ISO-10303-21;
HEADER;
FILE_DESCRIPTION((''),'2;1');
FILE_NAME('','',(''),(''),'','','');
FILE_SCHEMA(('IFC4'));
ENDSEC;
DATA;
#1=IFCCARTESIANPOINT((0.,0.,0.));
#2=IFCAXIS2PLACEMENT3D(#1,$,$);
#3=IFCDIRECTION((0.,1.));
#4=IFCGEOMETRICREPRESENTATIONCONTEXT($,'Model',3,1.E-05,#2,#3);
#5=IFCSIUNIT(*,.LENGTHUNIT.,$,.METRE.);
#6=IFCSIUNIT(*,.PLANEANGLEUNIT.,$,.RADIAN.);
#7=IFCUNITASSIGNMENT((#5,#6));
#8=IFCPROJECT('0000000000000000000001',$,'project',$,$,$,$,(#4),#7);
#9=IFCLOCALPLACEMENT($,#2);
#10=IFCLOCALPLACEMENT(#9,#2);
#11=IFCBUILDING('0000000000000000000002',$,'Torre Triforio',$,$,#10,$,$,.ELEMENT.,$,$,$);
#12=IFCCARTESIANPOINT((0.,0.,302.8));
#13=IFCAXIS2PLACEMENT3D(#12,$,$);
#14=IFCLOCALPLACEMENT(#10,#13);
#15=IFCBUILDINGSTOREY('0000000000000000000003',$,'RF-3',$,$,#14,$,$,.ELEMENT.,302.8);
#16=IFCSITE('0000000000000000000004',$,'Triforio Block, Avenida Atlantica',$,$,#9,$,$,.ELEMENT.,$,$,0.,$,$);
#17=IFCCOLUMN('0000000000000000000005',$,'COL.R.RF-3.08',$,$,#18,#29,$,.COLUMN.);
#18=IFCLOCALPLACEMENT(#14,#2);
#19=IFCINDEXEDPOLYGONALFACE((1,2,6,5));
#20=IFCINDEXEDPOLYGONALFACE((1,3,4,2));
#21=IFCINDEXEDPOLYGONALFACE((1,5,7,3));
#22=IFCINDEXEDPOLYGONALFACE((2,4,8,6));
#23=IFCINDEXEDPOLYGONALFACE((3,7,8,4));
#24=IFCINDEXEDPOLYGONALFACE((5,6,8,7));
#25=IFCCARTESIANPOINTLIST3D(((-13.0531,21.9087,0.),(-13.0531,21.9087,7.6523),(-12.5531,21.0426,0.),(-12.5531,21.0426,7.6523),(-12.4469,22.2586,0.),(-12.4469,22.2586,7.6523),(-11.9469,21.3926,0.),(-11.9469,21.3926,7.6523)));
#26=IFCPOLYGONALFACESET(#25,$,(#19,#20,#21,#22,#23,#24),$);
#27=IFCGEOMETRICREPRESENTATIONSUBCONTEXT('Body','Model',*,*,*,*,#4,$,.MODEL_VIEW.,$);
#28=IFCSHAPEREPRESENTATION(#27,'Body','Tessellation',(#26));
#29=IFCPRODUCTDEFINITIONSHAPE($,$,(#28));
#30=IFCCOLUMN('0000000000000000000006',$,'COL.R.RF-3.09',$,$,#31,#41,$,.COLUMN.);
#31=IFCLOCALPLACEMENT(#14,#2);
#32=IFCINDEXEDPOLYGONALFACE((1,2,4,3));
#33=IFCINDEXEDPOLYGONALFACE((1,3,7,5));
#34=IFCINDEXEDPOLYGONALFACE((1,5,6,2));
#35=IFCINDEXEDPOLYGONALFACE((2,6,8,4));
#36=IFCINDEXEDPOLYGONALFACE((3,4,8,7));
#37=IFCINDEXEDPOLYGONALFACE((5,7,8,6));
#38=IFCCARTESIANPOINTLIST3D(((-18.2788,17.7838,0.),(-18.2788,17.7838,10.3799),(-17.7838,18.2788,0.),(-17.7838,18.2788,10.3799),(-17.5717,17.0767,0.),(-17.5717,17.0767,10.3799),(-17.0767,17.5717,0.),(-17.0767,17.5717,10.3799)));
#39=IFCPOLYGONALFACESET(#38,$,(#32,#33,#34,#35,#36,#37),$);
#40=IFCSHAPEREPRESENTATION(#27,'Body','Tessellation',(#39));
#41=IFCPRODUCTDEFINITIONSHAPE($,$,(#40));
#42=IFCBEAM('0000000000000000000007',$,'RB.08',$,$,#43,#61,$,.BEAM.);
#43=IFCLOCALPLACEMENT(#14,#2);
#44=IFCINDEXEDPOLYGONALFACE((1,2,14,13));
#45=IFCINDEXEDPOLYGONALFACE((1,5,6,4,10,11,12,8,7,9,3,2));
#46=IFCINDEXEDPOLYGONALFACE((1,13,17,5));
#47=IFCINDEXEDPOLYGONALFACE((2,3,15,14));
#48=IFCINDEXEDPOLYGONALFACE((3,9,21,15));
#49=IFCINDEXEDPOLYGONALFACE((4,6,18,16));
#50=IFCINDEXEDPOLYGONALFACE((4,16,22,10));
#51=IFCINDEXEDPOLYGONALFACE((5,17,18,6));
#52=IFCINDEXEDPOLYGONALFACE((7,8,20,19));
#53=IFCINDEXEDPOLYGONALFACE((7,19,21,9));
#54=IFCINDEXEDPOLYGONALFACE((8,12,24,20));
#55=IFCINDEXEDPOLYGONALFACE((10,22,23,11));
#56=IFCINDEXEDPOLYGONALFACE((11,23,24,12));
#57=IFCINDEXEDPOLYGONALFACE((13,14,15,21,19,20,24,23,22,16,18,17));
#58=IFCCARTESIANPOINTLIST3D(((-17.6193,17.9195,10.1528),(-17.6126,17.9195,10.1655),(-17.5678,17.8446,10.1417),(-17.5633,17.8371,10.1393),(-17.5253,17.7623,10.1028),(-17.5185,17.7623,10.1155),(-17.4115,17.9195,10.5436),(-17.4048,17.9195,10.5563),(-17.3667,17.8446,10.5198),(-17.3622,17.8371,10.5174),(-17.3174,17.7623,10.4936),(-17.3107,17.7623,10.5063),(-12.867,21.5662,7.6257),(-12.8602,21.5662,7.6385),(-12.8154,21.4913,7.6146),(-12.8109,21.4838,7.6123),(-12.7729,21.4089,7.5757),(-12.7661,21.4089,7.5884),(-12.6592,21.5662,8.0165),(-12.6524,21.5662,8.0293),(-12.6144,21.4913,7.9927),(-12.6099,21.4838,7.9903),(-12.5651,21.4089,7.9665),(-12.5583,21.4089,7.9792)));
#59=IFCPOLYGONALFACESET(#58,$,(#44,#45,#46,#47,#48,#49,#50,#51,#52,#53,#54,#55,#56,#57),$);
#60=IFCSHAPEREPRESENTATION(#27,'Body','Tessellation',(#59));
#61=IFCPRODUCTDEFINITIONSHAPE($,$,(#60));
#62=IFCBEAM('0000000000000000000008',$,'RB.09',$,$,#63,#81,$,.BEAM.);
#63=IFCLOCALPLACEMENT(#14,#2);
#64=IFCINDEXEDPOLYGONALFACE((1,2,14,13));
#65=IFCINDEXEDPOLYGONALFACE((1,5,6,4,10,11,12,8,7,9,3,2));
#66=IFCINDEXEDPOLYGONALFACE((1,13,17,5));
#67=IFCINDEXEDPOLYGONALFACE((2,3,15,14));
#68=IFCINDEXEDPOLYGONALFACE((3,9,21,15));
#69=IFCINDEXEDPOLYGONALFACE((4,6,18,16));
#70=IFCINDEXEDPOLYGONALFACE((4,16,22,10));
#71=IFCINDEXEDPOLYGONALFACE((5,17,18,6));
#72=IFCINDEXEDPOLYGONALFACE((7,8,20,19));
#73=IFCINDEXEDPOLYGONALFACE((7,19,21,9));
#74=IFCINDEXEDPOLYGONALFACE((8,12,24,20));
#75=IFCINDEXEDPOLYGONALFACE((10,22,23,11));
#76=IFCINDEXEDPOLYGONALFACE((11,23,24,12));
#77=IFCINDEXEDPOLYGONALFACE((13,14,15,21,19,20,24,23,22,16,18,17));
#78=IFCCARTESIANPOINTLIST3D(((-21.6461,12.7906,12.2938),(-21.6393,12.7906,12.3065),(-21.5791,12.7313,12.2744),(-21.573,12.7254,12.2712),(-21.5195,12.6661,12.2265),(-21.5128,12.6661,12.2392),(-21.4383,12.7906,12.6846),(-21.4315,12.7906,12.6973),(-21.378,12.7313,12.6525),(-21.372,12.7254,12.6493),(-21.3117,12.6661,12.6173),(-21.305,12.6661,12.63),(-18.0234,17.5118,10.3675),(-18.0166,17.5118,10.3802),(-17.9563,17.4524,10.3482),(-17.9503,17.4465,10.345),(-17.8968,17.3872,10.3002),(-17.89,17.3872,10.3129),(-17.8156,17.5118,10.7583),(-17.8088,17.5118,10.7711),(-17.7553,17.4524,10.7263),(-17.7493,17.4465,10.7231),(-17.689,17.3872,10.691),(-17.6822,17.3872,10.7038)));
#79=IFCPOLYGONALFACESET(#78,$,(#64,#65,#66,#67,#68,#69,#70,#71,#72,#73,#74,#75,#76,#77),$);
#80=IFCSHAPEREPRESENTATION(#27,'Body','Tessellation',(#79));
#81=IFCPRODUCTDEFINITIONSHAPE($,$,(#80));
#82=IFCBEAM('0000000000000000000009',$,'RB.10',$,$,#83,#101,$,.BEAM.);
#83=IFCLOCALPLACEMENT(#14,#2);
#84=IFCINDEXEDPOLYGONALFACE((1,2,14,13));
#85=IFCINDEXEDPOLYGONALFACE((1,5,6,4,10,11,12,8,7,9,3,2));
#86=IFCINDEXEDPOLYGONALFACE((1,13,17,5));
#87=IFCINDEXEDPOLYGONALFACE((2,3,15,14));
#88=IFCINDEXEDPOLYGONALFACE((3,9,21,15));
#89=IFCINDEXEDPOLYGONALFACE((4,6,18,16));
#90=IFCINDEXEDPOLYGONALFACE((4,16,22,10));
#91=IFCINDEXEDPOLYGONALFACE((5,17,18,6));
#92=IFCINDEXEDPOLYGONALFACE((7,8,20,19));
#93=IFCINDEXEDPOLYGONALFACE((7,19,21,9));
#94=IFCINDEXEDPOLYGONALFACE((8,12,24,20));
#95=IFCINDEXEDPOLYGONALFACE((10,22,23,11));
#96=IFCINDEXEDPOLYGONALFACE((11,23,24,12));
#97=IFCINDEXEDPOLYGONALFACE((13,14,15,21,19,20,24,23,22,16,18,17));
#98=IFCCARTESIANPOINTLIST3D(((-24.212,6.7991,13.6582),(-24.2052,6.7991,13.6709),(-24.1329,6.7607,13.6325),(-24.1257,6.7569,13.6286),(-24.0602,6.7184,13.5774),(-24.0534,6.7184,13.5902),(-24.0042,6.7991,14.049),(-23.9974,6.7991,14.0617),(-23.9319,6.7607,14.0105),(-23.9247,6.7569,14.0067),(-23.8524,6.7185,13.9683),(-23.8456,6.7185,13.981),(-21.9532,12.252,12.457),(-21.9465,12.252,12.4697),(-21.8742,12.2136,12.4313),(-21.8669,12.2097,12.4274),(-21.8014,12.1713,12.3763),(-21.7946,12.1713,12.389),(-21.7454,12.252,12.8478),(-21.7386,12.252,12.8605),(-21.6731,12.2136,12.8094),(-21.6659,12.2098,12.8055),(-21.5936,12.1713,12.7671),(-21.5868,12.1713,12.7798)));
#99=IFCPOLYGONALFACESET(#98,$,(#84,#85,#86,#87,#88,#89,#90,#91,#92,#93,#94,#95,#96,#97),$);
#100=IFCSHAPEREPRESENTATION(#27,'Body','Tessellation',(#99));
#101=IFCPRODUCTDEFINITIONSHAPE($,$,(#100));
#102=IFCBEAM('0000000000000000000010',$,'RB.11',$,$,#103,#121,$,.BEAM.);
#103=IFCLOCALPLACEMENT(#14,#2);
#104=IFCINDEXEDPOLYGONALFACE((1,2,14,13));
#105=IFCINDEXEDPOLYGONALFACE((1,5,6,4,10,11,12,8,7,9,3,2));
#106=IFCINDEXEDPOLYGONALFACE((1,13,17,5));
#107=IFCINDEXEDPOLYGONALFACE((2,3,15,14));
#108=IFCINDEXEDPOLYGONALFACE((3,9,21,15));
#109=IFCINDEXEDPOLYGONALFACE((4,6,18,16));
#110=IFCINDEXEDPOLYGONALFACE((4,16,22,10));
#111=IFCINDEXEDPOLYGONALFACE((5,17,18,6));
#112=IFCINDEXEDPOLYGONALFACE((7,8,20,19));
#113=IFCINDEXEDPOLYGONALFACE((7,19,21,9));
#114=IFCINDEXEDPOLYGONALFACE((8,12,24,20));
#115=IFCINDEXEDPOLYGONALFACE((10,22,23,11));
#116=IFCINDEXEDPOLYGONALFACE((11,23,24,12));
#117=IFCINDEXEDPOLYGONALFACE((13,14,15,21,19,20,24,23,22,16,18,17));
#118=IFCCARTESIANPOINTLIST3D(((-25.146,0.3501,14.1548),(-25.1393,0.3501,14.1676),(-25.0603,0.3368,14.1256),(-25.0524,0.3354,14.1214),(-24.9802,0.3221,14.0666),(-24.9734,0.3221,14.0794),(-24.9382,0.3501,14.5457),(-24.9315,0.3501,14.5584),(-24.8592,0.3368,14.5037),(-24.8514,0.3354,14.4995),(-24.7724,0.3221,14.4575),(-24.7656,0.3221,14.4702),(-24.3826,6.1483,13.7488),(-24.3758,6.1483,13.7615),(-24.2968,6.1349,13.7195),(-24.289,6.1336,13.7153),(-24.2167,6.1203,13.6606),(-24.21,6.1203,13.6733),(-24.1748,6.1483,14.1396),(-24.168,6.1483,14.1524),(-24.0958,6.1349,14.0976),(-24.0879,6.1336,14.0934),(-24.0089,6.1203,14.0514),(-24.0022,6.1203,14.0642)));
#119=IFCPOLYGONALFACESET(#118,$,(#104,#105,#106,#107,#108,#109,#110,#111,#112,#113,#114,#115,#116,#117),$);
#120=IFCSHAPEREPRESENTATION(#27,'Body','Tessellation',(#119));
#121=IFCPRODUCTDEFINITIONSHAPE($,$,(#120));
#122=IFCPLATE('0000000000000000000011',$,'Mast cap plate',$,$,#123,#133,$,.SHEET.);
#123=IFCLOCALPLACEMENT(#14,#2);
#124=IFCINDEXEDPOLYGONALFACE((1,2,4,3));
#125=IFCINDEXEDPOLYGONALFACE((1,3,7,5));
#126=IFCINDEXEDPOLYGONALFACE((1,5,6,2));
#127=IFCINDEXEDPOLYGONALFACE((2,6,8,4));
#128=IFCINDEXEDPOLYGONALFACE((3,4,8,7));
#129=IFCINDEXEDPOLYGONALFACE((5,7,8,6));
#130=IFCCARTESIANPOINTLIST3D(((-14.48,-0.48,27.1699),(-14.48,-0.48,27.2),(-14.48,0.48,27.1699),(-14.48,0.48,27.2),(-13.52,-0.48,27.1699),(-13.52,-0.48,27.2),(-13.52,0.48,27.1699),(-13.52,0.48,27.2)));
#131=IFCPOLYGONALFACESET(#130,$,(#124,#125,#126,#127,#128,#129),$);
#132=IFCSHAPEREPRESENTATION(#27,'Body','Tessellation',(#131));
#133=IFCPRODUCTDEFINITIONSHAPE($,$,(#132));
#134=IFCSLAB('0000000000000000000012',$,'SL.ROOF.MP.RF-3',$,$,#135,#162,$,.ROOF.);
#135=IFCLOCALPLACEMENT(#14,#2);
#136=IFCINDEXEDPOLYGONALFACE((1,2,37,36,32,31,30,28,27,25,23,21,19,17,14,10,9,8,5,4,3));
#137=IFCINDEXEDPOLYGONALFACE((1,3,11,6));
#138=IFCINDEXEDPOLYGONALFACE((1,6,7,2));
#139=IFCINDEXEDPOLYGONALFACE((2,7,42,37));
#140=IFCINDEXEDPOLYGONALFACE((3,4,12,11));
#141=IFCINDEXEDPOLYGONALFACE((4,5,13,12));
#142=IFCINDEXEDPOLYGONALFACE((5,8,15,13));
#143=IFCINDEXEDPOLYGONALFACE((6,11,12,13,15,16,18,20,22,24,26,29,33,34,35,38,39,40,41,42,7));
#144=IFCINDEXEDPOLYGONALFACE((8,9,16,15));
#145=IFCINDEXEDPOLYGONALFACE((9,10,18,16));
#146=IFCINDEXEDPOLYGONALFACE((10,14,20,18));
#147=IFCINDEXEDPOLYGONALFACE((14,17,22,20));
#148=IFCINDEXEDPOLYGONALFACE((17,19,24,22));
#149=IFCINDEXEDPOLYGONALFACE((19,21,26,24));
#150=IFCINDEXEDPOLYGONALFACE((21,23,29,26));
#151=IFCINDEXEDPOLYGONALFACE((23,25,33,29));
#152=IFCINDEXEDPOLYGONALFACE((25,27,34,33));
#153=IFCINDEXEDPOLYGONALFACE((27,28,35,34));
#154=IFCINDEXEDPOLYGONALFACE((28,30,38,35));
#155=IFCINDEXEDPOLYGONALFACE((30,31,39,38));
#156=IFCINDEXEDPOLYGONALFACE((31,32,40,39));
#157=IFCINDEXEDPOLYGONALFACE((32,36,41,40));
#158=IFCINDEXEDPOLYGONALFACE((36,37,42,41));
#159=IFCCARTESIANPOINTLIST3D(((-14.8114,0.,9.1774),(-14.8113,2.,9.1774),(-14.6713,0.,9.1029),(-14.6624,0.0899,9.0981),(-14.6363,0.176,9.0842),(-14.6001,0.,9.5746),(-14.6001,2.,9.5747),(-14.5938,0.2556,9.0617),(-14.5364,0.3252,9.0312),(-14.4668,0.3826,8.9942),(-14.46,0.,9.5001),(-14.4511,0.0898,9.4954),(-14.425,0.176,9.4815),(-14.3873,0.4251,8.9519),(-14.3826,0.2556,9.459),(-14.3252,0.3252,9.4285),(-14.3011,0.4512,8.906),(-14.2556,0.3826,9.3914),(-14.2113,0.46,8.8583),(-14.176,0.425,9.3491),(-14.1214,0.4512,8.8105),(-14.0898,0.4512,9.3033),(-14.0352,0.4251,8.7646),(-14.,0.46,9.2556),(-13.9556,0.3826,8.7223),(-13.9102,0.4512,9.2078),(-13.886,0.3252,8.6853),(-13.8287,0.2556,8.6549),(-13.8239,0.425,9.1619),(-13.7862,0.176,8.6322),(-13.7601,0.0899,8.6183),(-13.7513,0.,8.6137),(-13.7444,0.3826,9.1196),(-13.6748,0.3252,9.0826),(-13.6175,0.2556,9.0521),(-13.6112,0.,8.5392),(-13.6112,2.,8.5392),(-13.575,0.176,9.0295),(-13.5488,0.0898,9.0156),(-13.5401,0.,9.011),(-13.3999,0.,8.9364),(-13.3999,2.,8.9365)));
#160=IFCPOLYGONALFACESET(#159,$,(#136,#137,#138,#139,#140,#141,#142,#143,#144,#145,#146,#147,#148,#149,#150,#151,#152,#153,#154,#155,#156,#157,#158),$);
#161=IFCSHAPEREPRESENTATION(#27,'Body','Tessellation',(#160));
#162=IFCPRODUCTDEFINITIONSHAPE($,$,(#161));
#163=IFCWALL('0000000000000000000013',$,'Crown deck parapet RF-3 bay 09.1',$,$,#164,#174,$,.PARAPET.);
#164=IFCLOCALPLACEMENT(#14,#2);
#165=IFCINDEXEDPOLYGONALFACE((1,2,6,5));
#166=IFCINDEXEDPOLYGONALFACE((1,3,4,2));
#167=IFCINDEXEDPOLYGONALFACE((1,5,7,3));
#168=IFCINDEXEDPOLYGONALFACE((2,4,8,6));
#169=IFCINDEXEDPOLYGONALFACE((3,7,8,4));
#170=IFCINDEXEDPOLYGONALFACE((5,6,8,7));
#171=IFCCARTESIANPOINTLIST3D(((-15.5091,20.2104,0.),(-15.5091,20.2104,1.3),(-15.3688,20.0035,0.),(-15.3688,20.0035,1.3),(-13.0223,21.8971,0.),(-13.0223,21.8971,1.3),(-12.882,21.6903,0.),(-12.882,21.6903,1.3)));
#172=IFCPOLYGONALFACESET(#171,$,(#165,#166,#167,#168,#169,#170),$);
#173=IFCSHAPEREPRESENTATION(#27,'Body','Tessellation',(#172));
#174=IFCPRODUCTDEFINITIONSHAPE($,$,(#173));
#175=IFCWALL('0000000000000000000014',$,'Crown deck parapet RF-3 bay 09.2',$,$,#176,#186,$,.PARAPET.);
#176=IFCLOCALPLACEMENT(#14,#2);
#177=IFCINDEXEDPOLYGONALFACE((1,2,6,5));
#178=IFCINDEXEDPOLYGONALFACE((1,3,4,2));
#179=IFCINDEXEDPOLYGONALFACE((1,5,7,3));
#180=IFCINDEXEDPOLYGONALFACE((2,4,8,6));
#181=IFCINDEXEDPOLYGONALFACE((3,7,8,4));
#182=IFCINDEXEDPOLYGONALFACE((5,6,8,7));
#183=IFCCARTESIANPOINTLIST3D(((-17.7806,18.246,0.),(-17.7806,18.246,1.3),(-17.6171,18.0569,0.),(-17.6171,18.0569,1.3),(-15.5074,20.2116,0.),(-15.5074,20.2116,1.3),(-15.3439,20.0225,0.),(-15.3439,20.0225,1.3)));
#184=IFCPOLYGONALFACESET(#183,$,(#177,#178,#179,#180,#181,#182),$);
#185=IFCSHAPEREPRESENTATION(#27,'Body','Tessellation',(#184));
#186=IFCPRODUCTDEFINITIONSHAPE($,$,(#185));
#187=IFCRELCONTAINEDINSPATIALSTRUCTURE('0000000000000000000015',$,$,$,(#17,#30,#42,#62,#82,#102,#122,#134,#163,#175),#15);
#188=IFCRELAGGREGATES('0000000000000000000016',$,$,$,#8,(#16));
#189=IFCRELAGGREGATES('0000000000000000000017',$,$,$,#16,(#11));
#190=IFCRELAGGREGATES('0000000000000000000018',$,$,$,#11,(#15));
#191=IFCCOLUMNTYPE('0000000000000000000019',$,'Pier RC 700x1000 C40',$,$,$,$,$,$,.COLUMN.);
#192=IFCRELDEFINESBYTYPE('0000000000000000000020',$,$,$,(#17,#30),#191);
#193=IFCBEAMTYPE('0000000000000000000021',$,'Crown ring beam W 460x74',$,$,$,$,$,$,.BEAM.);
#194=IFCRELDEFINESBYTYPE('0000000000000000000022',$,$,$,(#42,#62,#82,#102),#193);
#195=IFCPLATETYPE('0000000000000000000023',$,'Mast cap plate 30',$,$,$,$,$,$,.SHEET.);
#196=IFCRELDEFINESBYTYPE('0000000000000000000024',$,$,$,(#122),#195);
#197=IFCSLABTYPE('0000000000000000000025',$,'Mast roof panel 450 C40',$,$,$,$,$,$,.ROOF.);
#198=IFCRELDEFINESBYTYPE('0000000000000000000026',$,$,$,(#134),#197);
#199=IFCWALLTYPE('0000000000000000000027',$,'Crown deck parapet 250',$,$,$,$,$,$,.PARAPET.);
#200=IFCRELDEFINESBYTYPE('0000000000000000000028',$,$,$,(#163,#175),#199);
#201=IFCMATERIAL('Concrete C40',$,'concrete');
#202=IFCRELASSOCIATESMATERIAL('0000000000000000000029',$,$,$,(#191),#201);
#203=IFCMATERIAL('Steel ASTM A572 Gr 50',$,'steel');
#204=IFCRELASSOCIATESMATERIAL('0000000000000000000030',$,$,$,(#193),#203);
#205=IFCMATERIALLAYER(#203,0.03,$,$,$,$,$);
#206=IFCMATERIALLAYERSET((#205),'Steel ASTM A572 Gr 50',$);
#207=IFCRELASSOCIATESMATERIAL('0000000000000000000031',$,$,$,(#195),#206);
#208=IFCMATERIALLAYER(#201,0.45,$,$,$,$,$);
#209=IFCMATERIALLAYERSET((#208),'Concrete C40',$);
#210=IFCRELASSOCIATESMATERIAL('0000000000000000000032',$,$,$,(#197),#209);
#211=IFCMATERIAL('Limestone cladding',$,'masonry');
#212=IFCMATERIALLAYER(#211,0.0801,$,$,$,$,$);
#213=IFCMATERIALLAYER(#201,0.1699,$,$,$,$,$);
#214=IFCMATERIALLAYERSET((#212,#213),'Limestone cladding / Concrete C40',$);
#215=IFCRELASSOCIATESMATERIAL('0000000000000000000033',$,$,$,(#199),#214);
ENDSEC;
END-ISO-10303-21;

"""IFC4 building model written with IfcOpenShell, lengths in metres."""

from ifc_helpers import new_model, si_unit, direction, frame, frame_2d, origin, origin_2d, place, context, subcontext, project, spatial, polyline, rectangle, i_section, outline, extrude, material, layer, layer_set, material_profile, profile_set, type_object, element, save


model = new_model("IFC4")

# Units and contexts
model_context = context("Model", 3, precision=1e-05, world=origin(), true_north=direction((0.0, 1.0)))
body_context = subcontext(model_context, "Body", "Model", "MODEL_VIEW")
ifc_project = project(units=[si_unit("LENGTHUNIT", "METRE"), si_unit("PLANEANGLEUNIT", "RADIAN")], contexts=[model_context])

# Site, building, storey
site_placement = place(None, origin())
site = spatial("IfcSite", under=ifc_project, at=site_placement, Name="Triforio Block, Avenida Atlantica", CompositionType="ELEMENT", RefElevation=0.0)
building_placement = place(site_placement, origin())
building = spatial("IfcBuilding", under=site, at=building_placement, Name="Torre Triforio", CompositionType="ELEMENT")
storey_placement = place(building_placement, frame((0.0, 0.0, 302.8)))
storey = spatial("IfcBuildingStorey", under=building, at=storey_placement, Name="RF-3", CompositionType="ELEMENT", Elevation=302.8)

# Columns
ifc_material_1 = material(Name="Concrete C40", Category="concrete")
ifc_material_profile_1 = material_profile(ifc_material_1, rectangle(XDim=0.7, YDim=1.0, at=origin_2d()), Name="RC 700x1000")
ifc_profile_set_1 = profile_set([ifc_material_profile_1], Name="Concrete C40")
column_type = type_object("IfcColumnType", Name="Pier RC 700x1000 C40", PredefinedType="COLUMN", material=ifc_profile_set_1)
column_1_placement = place(storey_placement, frame((-12.5, 21.6506, 0.0), z_axis=(0.0, 0.0, 1.0), x_axis=(-0.866025, -0.5, 0.0)))
element("IfcColumn", 1, at=column_1_placement, inside=storey, type_object=column_type, Name="COL.R.RF-3.08", PredefinedType="COLUMN", context=body_context, shape_type="SweptSolid", body=[
    extrude(rectangle(XDim=0.7, YDim=1.0, at=origin_2d()), origin(), (0.0, 0.0, 1.0), 7.6523),
])
column_2_placement = place(storey_placement, frame((-17.6777, 17.6777, 0.0), z_axis=(0.0, 0.0, 1.0), x_axis=(-0.707107, -0.707107, 0.0)))
element("IfcColumn", 2, at=column_2_placement, inside=storey, type_object=column_type, Name="COL.R.RF-3.09", PredefinedType="COLUMN", context=body_context, shape_type="SweptSolid", body=[
    extrude(rectangle(XDim=0.7, YDim=1.0, at=origin_2d()), origin(), (0.0, 0.0, 1.0), 10.3799),
])

# Beams
ifc_material_2 = material(Name="Steel ASTM A572 Gr 50", Category="steel")
ifc_material_profile_2 = material_profile(ifc_material_2, i_section(OverallWidth=0.1899, OverallDepth=0.457, WebThickness=0.009, FlangeThickness=0.0144, at=origin_2d()), Name="W 460x74")
ifc_profile_set_2 = profile_set([ifc_material_profile_2], Name="Steel ASTM A572 Gr 50")
beam_type = type_object("IfcBeamType", Name="Crown ring beam W 460x74", PredefinedType="BEAM", material=ifc_profile_set_2)
beam_1_placement = place(storey_placement, frame((-12.7126, 21.4875, 7.8025), z_axis=(-0.730967, -0.560899, 0.38869), x_axis=(0.495245, -0.827884, -0.263324)))
element("IfcBeam", 3, at=beam_1_placement, inside=storey, type_object=beam_type, Name="RB.08", PredefinedType="BEAM", context=body_context, shape_type="SweptSolid", body=[
    extrude(i_section(OverallWidth=0.1899, OverallDepth=0.457, WebThickness=0.009, FlangeThickness=0.0144, at=origin_2d()), origin(), (0.0, 0.0, 1.0), 6.5015),
])
beam_2_placement = place(storey_placement, frame((-17.8528, 17.4495, 10.5356), z_axis=(-0.579186, -0.754788, 0.307957), x_axis=(0.666437, -0.655968, -0.354356)))
element("IfcBeam", 4, at=beam_2_placement, inside=storey, type_object=beam_type, Name="RB.09", PredefinedType="BEAM", context=body_context, shape_type="SweptSolid", body=[
    extrude(i_section(OverallWidth=0.1899, OverallDepth=0.457, WebThickness=0.009, FlangeThickness=0.0144, at=origin_2d()), origin(), (0.0, 0.0, 1.0), 6.2549),
])
beam_3_placement = place(storey_placement, frame((-21.77, 12.2117, 12.6184), z_axis=(-0.375015, -0.905314, 0.199424), x_axis=(0.799343, -0.424743, -0.425023)))
element("IfcBeam", 5, at=beam_3_placement, inside=storey, type_object=beam_type, Name="RB.10", PredefinedType="BEAM", context=body_context, shape_type="SweptSolid", body=[
    extrude(i_section(OverallWidth=0.1899, OverallDepth=0.457, WebThickness=0.009, FlangeThickness=0.0144, at=origin_2d()), origin(), (0.0, 0.0, 1.0), 6.0232),
])
beam_4_placement = place(storey_placement, frame((-24.1924, 6.1343, 13.9065), z_axis=(-0.130229, -0.989062, 0.069258), x_axis=(0.873289, -0.1475, -0.464338)))
element("IfcBeam", 6, at=beam_4_placement, inside=storey, type_object=beam_type, Name="RB.11", PredefinedType="BEAM", context=body_context, shape_type="SweptSolid", body=[
    extrude(i_section(OverallWidth=0.1899, OverallDepth=0.457, WebThickness=0.009, FlangeThickness=0.0144, at=origin_2d()), origin(), (0.0, 0.0, 1.0), 5.8623),
])

# Plate
ifc_layer_1 = layer(ifc_material_2, 0.03)
ifc_layer_set_1 = layer_set([ifc_layer_1], Name="Steel ASTM A572 Gr 50")
plate_type = type_object("IfcPlateType", Name="Mast cap plate 30", PredefinedType="SHEET", material=ifc_layer_set_1)
plate_placement = place(storey_placement, frame((-14.0, 0.0, 27.1699), z_axis=(0.0, 0.0, 1.0), x_axis=(1.0, 0.0, 0.0)))
element("IfcPlate", 7, at=plate_placement, inside=storey, type_object=plate_type, Name="Mast cap plate", PredefinedType="SHEET", context=body_context, shape_type="SweptSolid", body=[
    extrude(rectangle(XDim=0.96, YDim=0.96, at=origin_2d()), origin(), (0.0, 0.0, 1.0), 0.03),
])

# Slab
ifc_layer_2 = layer(ifc_material_1, 0.45)
ifc_layer_set_2 = layer_set([ifc_layer_2], Name="Concrete C40")
slab_type_1 = type_object("IfcSlabType", Name="Mast roof panel 450 C40", PredefinedType="ROOF", material=ifc_layer_set_2)
slab_1_placement = place(storey_placement, frame((-14.6001, 2.0, 9.5747), z_axis=(0.469494, -0.000038, 0.882936), x_axis=(-0.000018, -1.0, -0.000033)))
element("IfcSlab", 8, at=slab_1_placement, inside=storey, type_object=slab_type_1, Name="SL.ROOF.MP.RF-3", PredefinedType="ROOF", context=body_context, shape_type="SweptSolid", body=[
    extrude(outline(polyline([(0.0, 0.0), (2.0, 0.0), (2.0, 0.1587), (1.9102, 0.1687), (1.824, 0.1983), (1.7444, 0.2464), (1.6748, 0.3114), (1.6174, 0.3902), (1.575, 0.4803), (1.5488, 0.578), (1.54, 0.6797), (1.5488, 0.7815), (1.575, 0.8791), (1.6174, 0.9692), (1.6748, 1.0481), (1.7444, 1.1129), (1.824, 1.1611), (1.9102, 1.1907), (2.0, 1.2006), (2.0, 1.3593), (0.0, 1.3593), (0.0, 0.0)])), origin(), (0.0, 0.0, -1.0), 0.45),
])

# Walls
ifc_material_3 = material(Name="Limestone cladding", Category="masonry")
ifc_layer_3 = layer(ifc_material_3, 0.0801)
ifc_layer_4 = layer(ifc_material_1, 0.1699)
ifc_layer_set_3 = layer_set([ifc_layer_3, ifc_layer_4], Name="Limestone cladding / Concrete C40")
wall_type = type_object("IfcWallType", Name="Crown deck parapet 250", PredefinedType="PARAPET", material=ifc_layer_set_3)
wall_1_placement = place(storey_placement, frame((-12.9521, 21.7937, 0.0), z_axis=(0.0, 0.0, 1.0), x_axis=(-0.827586, -0.561338, 0.0)))
element("IfcWall", 9, at=wall_1_placement, inside=storey, type_object=wall_type, Name="Crown deck parapet RF-3 bay 09.1", PredefinedType="PARAPET", context=body_context, shape_type="SweptSolid", body=[
    extrude(rectangle(XDim=3.0049, YDim=0.25, at=frame_2d((1.5024, 0.0))), origin(), (0.0, 0.0, 1.0), 1.3),
])
for number, where, z_axis, x_axis, name in (
    (10, (-15.4258, 20.1169, 0.0), (0.0, 0.0, 1.0), (-0.756434, -0.65407, 0.0), "Crown deck parapet RF-3 bay 09.2"),
):
    element("IfcWall", number, at=place(storey_placement, frame(where, z_axis=z_axis, x_axis=x_axis)), inside=storey, type_object=wall_type, Name=name, PredefinedType="PARAPET", context=body_context, shape_type="SweptSolid", body=[
        extrude(rectangle(XDim=3.0051, YDim=0.25, at=frame_2d((1.5024, 0.0))), origin(), (0.0, 0.0, 1.0), 1.3),
    ])

save(model, "model.ifc")
